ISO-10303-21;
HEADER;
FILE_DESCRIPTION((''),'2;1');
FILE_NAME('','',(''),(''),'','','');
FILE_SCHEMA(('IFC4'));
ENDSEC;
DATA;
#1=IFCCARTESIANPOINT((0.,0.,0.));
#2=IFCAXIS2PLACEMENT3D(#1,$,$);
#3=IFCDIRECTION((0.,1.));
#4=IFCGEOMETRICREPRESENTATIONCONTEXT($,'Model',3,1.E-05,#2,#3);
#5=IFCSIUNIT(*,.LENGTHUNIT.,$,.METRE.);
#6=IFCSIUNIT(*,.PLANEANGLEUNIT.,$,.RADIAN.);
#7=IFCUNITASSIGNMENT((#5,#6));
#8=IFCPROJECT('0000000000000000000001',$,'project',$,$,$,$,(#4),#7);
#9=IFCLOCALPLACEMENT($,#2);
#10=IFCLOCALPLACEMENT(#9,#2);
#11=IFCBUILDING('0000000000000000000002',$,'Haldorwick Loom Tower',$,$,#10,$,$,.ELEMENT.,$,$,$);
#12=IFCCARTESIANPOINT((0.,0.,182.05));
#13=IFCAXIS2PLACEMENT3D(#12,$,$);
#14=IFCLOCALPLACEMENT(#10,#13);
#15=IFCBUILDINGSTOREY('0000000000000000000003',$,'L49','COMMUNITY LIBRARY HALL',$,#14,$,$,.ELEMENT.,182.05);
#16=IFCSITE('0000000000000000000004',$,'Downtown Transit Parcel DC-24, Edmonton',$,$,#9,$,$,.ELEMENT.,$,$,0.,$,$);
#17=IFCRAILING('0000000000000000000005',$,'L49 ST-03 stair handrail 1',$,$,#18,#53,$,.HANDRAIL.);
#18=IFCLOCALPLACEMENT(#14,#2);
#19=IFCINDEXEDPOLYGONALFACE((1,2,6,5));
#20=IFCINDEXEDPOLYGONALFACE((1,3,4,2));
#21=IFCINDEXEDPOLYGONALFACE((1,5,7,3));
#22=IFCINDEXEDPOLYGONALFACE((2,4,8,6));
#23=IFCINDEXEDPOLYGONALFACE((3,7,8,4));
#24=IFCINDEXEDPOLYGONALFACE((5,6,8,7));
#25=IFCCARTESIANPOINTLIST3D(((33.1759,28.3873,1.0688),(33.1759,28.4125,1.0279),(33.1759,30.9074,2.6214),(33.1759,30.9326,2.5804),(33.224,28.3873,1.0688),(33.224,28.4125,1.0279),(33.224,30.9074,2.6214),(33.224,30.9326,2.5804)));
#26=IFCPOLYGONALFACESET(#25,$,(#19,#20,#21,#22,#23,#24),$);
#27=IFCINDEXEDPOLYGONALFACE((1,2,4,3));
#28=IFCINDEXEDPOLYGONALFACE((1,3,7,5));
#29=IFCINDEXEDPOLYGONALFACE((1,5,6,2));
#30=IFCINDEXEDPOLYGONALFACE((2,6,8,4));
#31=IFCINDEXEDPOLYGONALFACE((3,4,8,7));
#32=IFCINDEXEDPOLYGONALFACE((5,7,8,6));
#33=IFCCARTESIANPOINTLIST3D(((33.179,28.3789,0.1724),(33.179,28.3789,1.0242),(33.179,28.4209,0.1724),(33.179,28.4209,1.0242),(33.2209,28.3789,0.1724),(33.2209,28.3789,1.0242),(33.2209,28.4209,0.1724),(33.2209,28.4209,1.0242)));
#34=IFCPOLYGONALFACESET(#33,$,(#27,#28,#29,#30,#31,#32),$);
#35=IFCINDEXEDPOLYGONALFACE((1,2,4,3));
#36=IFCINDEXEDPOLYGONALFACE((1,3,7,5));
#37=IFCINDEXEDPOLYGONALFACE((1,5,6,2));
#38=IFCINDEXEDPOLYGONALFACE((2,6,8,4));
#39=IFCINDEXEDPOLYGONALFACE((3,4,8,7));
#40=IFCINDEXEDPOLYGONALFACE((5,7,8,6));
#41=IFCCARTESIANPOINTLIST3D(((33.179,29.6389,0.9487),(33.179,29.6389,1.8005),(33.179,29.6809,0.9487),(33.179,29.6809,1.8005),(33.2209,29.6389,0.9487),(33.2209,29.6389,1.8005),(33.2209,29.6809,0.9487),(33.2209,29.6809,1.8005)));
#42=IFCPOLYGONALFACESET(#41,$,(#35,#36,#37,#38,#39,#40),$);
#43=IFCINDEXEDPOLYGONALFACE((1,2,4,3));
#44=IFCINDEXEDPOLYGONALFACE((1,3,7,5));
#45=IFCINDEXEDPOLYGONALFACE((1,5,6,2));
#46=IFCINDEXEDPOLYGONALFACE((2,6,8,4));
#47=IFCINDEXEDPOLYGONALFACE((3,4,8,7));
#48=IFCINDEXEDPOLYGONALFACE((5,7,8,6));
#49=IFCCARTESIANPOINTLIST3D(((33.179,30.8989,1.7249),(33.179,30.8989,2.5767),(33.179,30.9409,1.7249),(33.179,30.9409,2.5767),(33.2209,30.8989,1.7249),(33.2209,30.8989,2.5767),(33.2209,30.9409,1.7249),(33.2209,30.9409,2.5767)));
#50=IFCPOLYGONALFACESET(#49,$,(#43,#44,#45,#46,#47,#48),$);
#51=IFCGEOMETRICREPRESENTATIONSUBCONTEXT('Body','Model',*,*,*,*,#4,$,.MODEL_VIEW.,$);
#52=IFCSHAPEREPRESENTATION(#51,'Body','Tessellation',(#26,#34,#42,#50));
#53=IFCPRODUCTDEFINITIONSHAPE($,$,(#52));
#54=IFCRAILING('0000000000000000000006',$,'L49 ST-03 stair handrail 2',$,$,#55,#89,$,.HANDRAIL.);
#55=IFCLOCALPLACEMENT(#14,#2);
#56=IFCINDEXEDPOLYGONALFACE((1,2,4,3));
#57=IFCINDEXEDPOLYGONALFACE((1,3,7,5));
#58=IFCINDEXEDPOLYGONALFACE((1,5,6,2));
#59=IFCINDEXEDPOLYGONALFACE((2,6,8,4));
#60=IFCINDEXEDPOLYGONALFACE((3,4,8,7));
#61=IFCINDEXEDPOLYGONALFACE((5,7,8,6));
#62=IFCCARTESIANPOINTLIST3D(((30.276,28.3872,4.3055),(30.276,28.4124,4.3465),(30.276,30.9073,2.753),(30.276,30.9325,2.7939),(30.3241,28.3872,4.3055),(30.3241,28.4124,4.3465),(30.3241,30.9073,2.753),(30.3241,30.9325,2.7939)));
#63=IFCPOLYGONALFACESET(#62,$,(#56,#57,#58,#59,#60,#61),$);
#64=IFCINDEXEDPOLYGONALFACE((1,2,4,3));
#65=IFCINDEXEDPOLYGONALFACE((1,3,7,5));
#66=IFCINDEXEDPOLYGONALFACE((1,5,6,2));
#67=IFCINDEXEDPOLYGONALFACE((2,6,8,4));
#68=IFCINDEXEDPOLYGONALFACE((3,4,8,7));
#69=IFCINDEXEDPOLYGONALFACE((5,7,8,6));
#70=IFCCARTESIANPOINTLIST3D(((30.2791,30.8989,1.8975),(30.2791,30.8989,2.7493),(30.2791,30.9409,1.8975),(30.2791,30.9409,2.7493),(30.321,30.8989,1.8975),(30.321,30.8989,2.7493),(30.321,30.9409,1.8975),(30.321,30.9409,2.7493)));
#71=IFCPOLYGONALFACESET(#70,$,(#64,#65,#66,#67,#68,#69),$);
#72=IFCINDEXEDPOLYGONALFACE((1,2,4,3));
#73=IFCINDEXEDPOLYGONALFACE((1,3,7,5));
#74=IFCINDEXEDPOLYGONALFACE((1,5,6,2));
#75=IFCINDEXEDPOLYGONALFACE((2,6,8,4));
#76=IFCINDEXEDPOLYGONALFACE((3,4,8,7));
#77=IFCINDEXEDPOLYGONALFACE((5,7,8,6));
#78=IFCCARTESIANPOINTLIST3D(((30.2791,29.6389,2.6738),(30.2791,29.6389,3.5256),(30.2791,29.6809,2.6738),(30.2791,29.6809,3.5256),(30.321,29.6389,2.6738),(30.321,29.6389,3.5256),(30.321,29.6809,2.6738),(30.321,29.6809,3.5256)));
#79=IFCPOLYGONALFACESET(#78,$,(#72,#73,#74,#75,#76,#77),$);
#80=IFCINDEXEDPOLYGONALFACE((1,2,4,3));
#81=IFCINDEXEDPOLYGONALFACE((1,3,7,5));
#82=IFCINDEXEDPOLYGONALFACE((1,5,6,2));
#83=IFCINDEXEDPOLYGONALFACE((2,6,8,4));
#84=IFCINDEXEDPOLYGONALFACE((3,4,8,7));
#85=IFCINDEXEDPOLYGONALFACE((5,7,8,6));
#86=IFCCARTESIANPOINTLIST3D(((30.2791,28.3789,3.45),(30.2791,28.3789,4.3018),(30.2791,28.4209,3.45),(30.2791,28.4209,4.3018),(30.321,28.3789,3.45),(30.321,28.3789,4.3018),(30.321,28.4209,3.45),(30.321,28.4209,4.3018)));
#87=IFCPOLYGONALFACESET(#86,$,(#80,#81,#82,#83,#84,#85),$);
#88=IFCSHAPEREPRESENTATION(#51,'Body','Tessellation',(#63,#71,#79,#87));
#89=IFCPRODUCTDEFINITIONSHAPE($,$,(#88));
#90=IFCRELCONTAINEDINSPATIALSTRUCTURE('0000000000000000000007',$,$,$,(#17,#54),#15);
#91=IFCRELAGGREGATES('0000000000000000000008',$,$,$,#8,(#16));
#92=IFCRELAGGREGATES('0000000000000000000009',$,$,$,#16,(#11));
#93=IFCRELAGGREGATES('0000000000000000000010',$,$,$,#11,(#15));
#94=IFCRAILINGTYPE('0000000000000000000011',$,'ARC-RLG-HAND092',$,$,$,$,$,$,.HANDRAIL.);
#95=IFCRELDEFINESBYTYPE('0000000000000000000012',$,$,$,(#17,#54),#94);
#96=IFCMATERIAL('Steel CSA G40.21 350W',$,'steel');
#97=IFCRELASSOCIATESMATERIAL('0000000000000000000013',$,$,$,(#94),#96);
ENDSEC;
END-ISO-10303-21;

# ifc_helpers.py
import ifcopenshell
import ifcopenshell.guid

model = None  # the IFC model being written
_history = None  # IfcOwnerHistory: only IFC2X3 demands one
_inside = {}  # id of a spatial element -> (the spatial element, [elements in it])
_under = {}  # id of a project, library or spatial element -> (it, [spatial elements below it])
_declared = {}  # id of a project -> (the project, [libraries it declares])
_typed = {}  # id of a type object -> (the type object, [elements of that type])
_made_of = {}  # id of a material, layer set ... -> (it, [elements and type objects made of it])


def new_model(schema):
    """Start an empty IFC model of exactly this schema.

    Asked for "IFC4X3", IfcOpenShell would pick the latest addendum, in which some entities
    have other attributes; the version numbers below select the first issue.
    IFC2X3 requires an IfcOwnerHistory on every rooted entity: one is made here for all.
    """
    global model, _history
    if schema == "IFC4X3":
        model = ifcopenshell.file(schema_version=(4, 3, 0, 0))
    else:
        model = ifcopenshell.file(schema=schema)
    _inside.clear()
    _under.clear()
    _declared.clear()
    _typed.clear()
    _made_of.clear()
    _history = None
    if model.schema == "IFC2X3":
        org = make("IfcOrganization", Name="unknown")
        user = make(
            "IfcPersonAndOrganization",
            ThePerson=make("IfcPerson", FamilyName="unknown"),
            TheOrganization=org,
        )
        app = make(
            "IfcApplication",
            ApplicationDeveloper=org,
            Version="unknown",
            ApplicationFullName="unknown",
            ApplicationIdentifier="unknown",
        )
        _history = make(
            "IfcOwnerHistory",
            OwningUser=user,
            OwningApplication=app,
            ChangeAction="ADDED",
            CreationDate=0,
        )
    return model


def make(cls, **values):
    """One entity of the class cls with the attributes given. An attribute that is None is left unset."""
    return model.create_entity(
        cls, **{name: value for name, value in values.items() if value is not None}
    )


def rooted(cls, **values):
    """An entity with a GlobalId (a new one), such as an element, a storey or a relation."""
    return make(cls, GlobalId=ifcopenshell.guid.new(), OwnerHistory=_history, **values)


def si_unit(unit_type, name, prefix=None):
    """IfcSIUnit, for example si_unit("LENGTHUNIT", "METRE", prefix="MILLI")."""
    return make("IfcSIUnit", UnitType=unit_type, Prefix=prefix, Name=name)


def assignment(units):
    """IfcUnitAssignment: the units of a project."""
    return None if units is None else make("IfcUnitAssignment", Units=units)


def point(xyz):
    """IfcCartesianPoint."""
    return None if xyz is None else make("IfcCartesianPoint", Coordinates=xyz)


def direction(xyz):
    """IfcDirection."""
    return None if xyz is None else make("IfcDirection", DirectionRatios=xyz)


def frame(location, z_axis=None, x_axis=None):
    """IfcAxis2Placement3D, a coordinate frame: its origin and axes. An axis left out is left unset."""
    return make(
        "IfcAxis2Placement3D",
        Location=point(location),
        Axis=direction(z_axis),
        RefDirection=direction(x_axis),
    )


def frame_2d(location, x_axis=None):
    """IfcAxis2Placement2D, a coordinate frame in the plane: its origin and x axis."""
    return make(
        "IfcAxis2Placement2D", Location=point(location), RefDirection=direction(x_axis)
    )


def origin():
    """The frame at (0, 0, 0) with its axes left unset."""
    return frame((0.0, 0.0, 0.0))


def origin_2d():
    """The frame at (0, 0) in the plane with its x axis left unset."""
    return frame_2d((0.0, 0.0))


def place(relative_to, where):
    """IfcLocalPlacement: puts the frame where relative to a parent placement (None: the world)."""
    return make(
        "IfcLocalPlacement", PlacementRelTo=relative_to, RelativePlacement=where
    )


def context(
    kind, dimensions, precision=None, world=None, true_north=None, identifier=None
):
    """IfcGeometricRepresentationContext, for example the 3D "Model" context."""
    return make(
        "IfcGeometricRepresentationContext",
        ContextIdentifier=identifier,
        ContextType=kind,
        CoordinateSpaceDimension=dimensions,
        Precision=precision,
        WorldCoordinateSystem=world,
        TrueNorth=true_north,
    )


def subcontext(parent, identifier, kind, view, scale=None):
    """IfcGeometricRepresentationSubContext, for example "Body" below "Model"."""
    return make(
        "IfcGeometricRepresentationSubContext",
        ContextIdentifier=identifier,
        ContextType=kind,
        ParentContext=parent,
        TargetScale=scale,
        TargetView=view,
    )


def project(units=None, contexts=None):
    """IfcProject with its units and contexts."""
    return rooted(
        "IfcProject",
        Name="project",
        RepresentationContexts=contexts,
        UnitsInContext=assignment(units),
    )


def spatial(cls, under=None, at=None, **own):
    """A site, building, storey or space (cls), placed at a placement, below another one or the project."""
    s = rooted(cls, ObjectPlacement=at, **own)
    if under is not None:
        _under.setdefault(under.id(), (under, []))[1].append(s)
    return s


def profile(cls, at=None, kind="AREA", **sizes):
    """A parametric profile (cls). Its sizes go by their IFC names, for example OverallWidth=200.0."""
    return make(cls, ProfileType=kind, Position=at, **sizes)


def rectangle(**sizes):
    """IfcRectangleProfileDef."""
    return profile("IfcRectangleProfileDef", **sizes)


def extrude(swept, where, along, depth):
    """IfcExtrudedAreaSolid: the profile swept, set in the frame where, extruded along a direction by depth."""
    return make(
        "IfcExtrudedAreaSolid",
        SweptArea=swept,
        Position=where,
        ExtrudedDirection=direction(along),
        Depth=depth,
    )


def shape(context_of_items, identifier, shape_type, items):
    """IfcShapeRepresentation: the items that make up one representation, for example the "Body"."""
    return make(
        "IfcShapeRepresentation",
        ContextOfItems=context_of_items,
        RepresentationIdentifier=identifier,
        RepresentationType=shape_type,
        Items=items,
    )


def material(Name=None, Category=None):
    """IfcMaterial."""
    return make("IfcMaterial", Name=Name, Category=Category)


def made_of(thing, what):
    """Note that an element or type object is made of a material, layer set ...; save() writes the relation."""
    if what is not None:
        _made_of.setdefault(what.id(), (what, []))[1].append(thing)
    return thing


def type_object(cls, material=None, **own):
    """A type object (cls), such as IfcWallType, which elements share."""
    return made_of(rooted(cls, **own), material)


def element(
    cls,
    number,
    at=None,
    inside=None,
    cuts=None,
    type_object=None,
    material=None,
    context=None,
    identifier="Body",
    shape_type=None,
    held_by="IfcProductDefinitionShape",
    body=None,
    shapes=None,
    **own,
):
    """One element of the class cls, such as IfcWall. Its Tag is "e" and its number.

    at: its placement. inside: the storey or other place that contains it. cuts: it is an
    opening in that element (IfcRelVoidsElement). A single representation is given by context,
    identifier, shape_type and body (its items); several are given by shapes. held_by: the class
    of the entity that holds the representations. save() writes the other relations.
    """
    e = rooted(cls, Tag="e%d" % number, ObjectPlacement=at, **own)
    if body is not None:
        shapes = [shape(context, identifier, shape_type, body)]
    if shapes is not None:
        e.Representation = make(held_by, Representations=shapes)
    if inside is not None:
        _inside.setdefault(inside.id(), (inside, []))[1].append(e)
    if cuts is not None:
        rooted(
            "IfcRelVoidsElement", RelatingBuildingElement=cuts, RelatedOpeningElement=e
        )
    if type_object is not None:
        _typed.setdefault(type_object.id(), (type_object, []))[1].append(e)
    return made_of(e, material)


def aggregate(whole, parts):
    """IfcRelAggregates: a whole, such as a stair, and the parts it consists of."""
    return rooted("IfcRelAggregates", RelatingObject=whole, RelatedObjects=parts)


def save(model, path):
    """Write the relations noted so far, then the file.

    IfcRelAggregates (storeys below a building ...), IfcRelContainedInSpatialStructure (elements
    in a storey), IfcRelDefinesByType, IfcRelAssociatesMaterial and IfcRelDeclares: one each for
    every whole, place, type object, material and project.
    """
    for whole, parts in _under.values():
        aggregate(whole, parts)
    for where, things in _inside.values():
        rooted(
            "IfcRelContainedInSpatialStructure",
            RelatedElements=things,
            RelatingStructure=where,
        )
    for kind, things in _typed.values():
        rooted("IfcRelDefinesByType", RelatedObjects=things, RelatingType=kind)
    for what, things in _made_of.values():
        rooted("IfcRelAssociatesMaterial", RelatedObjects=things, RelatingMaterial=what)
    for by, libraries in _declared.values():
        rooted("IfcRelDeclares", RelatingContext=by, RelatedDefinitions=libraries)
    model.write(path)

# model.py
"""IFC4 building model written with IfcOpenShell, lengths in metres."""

from ifc_helpers import new_model, si_unit, direction, frame, origin, origin_2d, place, context, subcontext, project, spatial, rectangle, extrude, material, type_object, element, save


model = new_model("IFC4")

# Units and contexts
model_context = context("Model", 3, precision=1e-05, world=origin(), true_north=direction((0.0, 1.0)))
body_context = subcontext(model_context, "Body", "Model", "MODEL_VIEW")
ifc_project = project(units=[si_unit("LENGTHUNIT", "METRE"), si_unit("PLANEANGLEUNIT", "RADIAN")], contexts=[model_context])

# Site, building, storey
site_placement = place(None, origin())
site = spatial("IfcSite", under=ifc_project, at=site_placement, Name="Downtown Transit Parcel DC-24, Edmonton", CompositionType="ELEMENT", RefElevation=0.0)
building_placement = place(site_placement, origin())
building = spatial("IfcBuilding", under=site, at=building_placement, Name="Haldorwick Loom Tower", CompositionType="ELEMENT")
storey_placement = place(building_placement, frame((0.0, 0.0, 182.05)))
storey = spatial("IfcBuildingStorey", under=building, at=storey_placement, Name="L49", Description="COMMUNITY LIBRARY HALL", CompositionType="ELEMENT", Elevation=182.05)

# Shared definitions
ifc_material_1 = material(Name="Steel CSA G40.21 350W", Category="steel")

# Railings
railing_type_1 = type_object("IfcRailingType", Name="ARC-RLG-HAND092", PredefinedType="HANDRAIL", material=ifc_material_1)
railing_1_placement = place(storey_placement, frame((33.2, 28.3999, 0.1724)))
element("IfcRailing", 1, at=railing_1_placement, inside=storey, type_object=railing_type_1, Name="L49 ST-03 stair handrail 1", PredefinedType="HANDRAIL", context=body_context, shape_type="SweptSolid", body=[
    extrude(rectangle(XDim=0.0481, YDim=0.0481, at=origin_2d()), frame((0.0, 0.0, 0.876), z_axis=(0.0, 0.8514, 0.524516), x_axis=(-1.0, 0.0, 0.0)), (0.0, 0.0, 1.0), 2.96),
    extrude(rectangle(XDim=0.042, YDim=0.042, at=origin_2d()), origin(), (0.0, 0.0, 1.0), 0.8518),
    extrude(rectangle(XDim=0.042, YDim=0.042, at=origin_2d()), frame((0.0, 1.26, 0.7764)), (0.0, 0.0, 1.0), 0.8518),
    extrude(rectangle(XDim=0.042, YDim=0.042, at=origin_2d()), frame((0.0, 2.52, 1.5525)), (0.0, 0.0, 1.0), 0.8518),
])
railing_2_placement = place(storey_placement, frame((30.3, 30.9199, 1.8975)))
element("IfcRailing", 2, at=railing_2_placement, inside=storey, type_object=railing_type_1, Name="L49 ST-03 stair handrail 2", PredefinedType="HANDRAIL", context=body_context, shape_type="SweptSolid", body=[
    extrude(rectangle(XDim=0.0481, YDim=0.0481, at=origin_2d()), frame((0.0, 0.0, 0.876), z_axis=(0.0, -0.8514, 0.524516), x_axis=(1.0, 0.0, 0.0)), (0.0, 0.0, 1.0), 2.96),
    extrude(rectangle(XDim=0.042, YDim=0.042, at=origin_2d()), origin(), (0.0, 0.0, 1.0), 0.8518),
    extrude(rectangle(XDim=0.042, YDim=0.042, at=origin_2d()), frame((0.0, -1.26, 0.7764)), (0.0, 0.0, 1.0), 0.8518),
    extrude(rectangle(XDim=0.042, YDim=0.042, at=origin_2d()), frame((0.0, -2.52, 1.5525)), (0.0, 0.0, 1.0), 0.8518),
])

save(model, "model.ifc")
